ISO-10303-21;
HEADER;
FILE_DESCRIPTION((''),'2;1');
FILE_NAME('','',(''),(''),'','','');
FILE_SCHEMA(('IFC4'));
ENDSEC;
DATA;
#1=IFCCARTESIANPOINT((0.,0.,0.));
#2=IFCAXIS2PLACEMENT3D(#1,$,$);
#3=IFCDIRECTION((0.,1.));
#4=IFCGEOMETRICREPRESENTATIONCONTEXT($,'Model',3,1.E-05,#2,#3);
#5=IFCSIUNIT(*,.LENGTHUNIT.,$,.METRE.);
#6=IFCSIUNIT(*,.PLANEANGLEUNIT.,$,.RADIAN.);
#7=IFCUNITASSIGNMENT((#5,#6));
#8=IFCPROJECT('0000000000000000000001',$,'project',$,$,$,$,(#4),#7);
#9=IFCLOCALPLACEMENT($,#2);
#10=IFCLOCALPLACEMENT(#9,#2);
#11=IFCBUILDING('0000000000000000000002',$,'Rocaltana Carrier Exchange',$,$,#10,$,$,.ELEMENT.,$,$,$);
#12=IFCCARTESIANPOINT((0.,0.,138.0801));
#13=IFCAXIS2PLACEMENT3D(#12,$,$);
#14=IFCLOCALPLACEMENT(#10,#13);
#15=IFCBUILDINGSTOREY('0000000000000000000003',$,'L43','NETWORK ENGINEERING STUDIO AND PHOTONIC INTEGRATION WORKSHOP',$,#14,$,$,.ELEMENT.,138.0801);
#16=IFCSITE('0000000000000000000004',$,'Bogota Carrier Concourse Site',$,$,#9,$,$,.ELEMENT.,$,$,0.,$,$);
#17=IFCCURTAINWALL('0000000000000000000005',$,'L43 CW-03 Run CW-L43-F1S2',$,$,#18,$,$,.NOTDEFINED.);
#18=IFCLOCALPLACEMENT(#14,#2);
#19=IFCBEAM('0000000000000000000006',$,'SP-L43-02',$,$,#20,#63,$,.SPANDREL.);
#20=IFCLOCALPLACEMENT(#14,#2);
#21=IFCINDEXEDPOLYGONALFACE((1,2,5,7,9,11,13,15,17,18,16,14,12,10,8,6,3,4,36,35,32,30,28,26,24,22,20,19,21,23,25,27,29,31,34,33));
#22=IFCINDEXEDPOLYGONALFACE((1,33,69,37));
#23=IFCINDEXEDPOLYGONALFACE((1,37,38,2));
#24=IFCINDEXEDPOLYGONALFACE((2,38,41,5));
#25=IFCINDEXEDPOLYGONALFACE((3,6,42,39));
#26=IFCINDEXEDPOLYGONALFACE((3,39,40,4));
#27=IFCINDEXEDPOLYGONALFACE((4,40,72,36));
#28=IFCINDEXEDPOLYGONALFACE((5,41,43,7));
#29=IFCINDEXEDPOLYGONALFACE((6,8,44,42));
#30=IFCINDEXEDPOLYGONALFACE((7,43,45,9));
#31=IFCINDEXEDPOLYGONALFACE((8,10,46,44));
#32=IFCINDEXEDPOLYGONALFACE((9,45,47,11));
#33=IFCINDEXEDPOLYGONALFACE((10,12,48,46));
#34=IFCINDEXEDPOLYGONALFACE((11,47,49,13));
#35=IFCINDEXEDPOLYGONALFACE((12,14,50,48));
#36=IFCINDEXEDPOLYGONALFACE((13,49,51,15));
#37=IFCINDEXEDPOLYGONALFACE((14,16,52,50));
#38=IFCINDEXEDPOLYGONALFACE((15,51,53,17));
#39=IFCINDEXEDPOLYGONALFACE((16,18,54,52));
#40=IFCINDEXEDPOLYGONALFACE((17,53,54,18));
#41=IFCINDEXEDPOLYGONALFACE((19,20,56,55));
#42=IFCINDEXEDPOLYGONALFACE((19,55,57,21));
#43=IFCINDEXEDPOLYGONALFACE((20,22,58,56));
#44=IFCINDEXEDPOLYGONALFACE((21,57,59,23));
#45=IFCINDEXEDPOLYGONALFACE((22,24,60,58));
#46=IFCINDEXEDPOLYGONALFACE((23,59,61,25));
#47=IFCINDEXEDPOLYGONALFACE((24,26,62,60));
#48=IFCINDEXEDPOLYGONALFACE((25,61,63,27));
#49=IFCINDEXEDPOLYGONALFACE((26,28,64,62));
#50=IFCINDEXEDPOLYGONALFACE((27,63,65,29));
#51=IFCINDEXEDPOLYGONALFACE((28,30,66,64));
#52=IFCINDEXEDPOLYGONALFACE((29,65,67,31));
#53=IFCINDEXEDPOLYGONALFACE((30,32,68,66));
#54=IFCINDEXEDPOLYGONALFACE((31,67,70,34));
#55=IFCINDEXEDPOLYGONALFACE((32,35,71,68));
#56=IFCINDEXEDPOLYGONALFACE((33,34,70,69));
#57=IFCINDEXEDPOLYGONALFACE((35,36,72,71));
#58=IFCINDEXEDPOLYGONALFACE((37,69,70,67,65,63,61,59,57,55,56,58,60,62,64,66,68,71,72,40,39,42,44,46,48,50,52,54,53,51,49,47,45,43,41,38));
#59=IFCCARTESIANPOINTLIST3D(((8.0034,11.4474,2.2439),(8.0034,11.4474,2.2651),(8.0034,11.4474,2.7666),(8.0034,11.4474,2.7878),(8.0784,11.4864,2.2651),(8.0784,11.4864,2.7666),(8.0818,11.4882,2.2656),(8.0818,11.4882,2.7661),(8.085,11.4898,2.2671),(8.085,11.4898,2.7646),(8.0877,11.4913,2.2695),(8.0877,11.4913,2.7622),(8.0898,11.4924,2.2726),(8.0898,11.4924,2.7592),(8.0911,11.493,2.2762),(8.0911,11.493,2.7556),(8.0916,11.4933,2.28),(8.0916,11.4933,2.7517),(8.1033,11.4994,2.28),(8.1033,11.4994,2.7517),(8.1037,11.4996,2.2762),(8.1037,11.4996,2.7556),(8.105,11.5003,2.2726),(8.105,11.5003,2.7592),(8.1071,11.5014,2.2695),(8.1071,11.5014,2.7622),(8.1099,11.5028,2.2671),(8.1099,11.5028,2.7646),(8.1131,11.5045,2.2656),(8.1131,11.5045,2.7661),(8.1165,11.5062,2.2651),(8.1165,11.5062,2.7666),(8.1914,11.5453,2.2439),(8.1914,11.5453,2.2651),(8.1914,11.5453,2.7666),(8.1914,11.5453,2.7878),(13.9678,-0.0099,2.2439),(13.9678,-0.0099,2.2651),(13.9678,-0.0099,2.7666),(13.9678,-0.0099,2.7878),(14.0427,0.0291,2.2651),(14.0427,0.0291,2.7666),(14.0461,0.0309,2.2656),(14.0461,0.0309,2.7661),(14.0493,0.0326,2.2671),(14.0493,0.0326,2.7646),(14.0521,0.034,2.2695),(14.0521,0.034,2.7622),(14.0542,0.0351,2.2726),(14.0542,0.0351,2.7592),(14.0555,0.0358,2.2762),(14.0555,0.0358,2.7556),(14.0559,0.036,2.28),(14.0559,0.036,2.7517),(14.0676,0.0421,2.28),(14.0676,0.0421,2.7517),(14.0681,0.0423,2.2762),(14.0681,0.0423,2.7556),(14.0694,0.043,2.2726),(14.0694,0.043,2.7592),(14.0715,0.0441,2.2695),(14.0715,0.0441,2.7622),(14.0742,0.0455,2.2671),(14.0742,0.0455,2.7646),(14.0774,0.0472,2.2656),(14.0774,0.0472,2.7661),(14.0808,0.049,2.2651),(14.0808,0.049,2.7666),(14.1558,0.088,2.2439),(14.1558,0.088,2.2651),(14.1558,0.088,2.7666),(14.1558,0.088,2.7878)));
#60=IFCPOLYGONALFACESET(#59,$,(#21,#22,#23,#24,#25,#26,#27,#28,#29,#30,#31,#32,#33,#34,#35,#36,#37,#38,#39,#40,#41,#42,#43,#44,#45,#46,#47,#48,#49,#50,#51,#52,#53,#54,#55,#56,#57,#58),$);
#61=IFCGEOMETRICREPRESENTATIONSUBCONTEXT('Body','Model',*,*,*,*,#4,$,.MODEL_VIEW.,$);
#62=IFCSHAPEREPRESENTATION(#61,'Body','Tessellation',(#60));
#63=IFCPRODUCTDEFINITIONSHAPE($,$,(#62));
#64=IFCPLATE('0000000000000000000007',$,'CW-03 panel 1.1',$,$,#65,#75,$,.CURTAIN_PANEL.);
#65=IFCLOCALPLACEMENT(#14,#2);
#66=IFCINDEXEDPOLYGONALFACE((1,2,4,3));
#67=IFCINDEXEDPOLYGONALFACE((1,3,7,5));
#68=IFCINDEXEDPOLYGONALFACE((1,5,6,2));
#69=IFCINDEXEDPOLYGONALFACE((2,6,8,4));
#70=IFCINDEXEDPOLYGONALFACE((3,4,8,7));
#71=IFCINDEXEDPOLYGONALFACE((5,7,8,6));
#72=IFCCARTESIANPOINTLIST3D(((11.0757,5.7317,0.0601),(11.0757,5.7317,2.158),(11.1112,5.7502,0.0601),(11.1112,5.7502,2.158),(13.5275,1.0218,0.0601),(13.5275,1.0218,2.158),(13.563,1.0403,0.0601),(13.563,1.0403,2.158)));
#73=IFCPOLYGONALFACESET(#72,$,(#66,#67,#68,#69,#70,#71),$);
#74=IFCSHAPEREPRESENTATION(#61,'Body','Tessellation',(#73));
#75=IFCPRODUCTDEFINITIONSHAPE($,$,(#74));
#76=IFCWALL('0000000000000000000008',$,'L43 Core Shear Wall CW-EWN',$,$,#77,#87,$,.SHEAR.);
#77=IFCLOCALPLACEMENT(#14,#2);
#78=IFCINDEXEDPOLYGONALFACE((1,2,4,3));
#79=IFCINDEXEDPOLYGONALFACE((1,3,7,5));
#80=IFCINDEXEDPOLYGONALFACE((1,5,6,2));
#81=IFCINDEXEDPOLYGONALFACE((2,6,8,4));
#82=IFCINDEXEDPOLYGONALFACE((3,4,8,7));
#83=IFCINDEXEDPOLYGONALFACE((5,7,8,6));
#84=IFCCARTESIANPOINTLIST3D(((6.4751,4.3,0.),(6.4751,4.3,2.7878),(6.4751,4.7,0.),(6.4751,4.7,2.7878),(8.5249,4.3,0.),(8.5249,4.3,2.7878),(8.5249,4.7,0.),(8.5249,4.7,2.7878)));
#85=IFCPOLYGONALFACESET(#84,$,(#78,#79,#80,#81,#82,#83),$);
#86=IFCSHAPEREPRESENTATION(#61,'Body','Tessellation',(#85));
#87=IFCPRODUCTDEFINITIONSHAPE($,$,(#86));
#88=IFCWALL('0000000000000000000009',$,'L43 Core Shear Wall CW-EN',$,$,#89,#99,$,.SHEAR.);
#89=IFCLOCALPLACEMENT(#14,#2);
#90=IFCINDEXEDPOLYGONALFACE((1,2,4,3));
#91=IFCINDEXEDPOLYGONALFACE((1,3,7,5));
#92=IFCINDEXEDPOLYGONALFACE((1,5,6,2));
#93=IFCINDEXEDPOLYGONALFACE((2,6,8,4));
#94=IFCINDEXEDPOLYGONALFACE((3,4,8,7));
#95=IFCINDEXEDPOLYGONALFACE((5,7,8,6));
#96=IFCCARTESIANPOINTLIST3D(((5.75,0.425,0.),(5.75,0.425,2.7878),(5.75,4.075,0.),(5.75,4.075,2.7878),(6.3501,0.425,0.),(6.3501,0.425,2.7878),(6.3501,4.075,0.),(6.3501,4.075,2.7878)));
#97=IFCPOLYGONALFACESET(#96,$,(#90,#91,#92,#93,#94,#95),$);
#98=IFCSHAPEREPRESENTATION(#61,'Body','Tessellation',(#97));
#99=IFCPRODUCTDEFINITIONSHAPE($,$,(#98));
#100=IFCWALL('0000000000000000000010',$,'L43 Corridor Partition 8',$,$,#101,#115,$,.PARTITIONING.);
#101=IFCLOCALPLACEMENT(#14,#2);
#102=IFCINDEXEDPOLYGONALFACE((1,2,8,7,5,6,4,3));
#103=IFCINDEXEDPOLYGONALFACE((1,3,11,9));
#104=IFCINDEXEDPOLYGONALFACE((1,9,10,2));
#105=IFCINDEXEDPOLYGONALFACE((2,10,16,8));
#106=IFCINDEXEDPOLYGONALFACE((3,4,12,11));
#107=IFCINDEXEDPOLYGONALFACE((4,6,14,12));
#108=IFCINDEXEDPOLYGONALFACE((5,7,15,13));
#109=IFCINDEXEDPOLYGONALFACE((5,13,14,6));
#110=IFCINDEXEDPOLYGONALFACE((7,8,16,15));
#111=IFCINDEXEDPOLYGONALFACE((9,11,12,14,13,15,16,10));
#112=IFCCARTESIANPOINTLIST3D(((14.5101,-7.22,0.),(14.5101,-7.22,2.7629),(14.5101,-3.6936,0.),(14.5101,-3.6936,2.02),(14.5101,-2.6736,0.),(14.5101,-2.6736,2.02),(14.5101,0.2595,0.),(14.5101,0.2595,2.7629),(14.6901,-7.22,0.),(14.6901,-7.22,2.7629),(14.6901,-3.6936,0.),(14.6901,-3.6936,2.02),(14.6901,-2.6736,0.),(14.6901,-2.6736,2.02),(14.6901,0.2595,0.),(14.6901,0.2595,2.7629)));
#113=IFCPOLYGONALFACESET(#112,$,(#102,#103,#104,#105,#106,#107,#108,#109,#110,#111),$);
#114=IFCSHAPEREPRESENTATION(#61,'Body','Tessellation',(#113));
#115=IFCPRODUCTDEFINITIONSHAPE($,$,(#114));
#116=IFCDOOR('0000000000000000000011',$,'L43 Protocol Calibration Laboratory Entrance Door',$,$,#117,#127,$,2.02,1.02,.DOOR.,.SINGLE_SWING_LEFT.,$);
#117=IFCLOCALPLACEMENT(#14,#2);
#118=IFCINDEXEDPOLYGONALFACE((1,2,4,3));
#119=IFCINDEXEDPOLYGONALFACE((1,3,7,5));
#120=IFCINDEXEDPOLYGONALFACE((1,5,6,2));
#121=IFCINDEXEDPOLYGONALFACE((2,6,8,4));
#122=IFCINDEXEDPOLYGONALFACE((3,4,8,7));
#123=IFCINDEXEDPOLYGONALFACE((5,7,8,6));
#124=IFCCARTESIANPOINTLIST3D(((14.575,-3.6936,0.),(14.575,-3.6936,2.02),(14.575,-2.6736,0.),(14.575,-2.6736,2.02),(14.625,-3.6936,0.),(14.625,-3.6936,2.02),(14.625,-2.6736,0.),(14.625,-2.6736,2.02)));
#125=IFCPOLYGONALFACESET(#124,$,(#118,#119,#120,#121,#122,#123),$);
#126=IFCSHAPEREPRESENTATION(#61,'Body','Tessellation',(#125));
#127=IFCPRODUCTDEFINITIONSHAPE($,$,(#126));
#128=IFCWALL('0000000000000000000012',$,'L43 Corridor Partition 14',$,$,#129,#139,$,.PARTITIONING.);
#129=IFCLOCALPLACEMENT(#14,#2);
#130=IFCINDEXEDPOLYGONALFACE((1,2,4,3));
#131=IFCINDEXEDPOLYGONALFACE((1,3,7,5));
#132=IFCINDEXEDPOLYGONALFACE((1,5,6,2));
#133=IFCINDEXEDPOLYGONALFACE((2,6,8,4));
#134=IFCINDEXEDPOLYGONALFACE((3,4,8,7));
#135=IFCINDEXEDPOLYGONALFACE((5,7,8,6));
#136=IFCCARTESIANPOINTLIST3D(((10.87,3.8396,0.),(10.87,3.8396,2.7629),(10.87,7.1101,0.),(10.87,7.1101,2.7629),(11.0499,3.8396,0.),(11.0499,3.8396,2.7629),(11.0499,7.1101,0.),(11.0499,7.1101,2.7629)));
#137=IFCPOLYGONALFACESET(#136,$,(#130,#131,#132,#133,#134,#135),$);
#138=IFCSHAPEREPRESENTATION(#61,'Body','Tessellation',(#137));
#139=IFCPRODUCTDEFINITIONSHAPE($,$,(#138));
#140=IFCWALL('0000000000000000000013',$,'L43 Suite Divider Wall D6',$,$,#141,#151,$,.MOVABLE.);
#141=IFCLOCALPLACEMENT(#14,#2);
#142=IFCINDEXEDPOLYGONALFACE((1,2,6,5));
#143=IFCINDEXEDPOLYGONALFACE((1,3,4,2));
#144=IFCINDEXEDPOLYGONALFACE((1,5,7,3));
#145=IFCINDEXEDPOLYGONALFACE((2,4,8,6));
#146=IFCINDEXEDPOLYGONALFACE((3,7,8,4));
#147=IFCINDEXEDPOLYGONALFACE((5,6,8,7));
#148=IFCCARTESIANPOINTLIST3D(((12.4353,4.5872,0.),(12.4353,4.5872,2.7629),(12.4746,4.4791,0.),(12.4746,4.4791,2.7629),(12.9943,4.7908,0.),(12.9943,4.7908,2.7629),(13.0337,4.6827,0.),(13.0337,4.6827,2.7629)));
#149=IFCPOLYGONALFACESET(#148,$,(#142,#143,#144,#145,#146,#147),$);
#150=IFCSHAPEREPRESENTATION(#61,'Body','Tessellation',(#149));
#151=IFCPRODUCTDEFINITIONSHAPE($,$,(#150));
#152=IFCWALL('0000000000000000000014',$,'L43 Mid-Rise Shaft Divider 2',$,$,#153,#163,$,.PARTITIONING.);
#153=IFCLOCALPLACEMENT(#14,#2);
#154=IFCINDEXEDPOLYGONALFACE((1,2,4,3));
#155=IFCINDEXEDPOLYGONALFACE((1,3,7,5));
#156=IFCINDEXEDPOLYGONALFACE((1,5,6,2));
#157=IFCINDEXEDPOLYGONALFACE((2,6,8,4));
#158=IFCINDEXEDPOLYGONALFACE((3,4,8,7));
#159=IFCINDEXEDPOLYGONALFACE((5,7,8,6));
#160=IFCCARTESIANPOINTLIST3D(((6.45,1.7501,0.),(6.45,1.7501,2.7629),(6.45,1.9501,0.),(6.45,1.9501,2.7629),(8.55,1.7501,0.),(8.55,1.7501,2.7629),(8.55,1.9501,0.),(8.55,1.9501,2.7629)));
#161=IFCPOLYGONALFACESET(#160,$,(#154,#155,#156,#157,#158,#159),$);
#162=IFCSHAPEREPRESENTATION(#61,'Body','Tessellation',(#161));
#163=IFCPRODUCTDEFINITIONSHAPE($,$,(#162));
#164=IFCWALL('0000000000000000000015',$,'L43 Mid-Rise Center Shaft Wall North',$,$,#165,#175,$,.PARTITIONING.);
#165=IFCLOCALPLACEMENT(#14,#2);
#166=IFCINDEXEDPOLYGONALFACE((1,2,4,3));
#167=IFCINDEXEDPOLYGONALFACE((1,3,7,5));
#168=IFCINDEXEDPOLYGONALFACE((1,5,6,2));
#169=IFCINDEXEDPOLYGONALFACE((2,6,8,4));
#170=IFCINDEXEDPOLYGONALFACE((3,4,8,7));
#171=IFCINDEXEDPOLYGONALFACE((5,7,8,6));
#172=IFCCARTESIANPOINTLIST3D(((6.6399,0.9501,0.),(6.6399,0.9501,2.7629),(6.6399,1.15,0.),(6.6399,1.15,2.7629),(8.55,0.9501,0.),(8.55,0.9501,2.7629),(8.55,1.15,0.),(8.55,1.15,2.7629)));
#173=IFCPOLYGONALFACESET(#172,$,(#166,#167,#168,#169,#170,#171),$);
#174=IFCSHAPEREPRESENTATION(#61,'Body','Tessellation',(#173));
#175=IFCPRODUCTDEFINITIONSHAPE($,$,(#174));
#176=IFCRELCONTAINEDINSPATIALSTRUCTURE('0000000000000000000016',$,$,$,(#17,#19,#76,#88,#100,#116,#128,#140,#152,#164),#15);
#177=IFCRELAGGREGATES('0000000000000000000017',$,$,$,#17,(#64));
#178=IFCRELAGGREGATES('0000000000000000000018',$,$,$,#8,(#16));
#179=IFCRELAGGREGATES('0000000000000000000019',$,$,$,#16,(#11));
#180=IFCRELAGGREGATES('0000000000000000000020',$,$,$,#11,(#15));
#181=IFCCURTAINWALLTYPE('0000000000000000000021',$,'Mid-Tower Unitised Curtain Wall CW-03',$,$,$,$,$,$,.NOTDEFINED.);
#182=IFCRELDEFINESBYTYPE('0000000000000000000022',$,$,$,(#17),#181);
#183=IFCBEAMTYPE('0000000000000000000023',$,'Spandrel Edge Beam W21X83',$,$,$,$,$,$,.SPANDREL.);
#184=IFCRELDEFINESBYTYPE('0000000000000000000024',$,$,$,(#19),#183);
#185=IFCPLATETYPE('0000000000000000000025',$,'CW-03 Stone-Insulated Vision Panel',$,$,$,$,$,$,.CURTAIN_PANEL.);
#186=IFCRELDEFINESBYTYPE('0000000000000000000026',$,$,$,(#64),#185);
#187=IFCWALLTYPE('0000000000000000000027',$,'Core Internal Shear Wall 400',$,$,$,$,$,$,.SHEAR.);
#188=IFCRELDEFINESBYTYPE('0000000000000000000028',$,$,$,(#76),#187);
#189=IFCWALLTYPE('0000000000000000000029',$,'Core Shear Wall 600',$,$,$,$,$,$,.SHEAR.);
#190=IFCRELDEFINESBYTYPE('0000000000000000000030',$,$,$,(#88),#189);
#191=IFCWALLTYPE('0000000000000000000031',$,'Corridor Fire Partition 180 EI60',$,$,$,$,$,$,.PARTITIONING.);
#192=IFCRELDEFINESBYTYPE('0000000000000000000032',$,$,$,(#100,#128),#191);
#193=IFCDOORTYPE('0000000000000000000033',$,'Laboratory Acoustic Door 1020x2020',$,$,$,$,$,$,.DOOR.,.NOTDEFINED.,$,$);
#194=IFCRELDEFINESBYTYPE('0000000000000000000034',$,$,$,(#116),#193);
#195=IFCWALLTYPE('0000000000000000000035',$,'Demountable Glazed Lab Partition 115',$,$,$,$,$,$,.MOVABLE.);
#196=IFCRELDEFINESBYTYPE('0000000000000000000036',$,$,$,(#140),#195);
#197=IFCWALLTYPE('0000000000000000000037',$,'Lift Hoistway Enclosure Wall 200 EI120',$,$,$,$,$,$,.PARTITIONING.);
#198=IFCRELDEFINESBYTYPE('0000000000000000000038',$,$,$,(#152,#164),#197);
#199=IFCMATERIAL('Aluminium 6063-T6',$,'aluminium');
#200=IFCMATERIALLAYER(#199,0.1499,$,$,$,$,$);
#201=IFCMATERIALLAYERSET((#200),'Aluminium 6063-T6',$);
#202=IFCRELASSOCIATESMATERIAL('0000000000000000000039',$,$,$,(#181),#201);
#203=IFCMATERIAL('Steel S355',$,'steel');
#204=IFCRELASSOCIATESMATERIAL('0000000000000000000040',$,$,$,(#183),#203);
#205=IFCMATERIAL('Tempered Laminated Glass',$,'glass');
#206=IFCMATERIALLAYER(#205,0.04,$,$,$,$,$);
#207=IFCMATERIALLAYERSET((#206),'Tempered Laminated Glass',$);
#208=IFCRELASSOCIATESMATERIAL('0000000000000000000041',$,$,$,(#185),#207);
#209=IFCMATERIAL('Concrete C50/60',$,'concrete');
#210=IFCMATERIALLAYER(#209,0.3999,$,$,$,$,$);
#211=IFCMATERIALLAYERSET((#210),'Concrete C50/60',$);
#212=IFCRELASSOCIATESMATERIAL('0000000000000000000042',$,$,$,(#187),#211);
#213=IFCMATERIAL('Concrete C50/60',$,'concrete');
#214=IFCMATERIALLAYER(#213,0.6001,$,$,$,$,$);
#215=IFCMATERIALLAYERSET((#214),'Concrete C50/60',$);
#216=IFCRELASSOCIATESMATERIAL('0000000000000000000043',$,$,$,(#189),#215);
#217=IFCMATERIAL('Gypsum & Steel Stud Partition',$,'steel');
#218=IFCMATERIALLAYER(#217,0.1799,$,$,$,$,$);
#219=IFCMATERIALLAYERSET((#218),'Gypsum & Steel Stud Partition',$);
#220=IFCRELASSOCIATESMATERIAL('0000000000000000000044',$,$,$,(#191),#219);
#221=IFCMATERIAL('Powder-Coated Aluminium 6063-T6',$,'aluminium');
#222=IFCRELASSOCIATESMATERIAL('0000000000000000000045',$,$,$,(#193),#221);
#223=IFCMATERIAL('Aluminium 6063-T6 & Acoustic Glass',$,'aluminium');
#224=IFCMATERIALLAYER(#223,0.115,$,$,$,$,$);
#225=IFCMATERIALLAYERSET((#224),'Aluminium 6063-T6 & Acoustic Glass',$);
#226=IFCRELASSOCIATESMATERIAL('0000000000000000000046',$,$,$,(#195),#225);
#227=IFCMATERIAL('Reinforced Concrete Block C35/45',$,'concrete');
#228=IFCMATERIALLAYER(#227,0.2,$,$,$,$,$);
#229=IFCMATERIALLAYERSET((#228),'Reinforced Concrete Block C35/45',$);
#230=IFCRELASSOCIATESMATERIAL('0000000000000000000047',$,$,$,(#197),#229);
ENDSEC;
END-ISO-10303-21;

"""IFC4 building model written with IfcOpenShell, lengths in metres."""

from ifc_helpers import new_model, si_unit, direction, frame, frame_2d, origin, origin_2d, place, context, subcontext, project, spatial, rectangle, i_section, extrude, material, layer, layer_set, material_profile, profile_set, type_object, element, fill, aggregate, save


model = new_model("IFC4")

# Units and contexts
model_context = context("Model", 3, precision=1e-05, world=origin(), true_north=direction((0.0, 1.0)))
body_context = subcontext(model_context, "Body", "Model", "MODEL_VIEW")
ifc_project = project(units=[si_unit("LENGTHUNIT", "METRE"), si_unit("PLANEANGLEUNIT", "RADIAN")], contexts=[model_context])

# Site, building, storey
site_placement = place(None, origin())
site = spatial("IfcSite", under=ifc_project, at=site_placement, Name="Bogota Carrier Concourse Site", CompositionType="ELEMENT", RefElevation=0.0)
building_placement = place(site_placement, origin())
building = spatial("IfcBuilding", under=site, at=building_placement, Name="Rocaltana Carrier Exchange", CompositionType="ELEMENT")
storey_placement = place(building_placement, frame((0.0, 0.0, 138.0801)))
storey = spatial("IfcBuildingStorey", under=building, at=storey_placement, Name="L43", Description="NETWORK ENGINEERING STUDIO AND PHOTONIC INTEGRATION WORKSHOP", CompositionType="ELEMENT", Elevation=138.0801)

# Curtain wall
ifc_material_1 = material(Name="Aluminium 6063-T6", Category="aluminium")
ifc_layer_1 = layer(ifc_material_1, 0.1499)
ifc_layer_set_1 = layer_set([ifc_layer_1], Name="Aluminium 6063-T6")
curtain_wall_type = type_object("IfcCurtainWallType", Name="Mid-Tower Unitised Curtain Wall CW-03", PredefinedType="NOTDEFINED", material=ifc_layer_set_1)
curtain_wall_placement = place(storey_placement, origin())
curtain_wall = element("IfcCurtainWall", 1, at=curtain_wall_placement, inside=storey, type_object=curtain_wall_type, Name="L43 CW-03 Run CW-L43-F1S2", PredefinedType="NOTDEFINED")

# Beam
ifc_material_2 = material(Name="Steel S355", Category="steel")
ifc_material_profile_1 = material_profile(ifc_material_2, i_section(OverallWidth=0.2119, OverallDepth=0.5439, WebThickness=0.0132, FlangeThickness=0.0212, FilletRadius=0.0149, at=origin_2d()), Name="W21X83")
ifc_profile_set_1 = profile_set([ifc_material_profile_1], Name="Steel S355")
beam_type_1 = type_object("IfcBeamType", Name="Spandrel Edge Beam W21X83", PredefinedType="SPANDREL", material=ifc_profile_set_1)
beam_1_placement = place(storey_placement, frame((14.0618, 0.0391, 2.5159), z_axis=(-0.461753, 0.887008, 0.0), x_axis=(-0.887008, -0.461753, 0.0)))
element("IfcBeam", 2, at=beam_1_placement, inside=storey, type_object=beam_type_1, Name="SP-L43-02", PredefinedType="SPANDREL", context=body_context, shape_type="SweptSolid", body=[
    extrude(i_section(OverallWidth=0.2119, OverallDepth=0.5439, WebThickness=0.0132, FlangeThickness=0.0212, FilletRadius=0.0149, at=origin_2d()), origin(), (0.0, 0.0, 1.0), 12.9167),
])

# Plate
ifc_material_3 = material(Name="Tempered Laminated Glass", Category="glass")
ifc_layer_2 = layer(ifc_material_3, 0.04)
ifc_layer_set_2 = layer_set([ifc_layer_2], Name="Tempered Laminated Glass")
plate_type = type_object("IfcPlateType", Name="CW-03 Stone-Insulated Vision Panel", PredefinedType="CURTAIN_PANEL", material=ifc_layer_set_2)
plate_placement = place(storey_placement, frame((12.3193, 3.386, 0.0601), z_axis=(0.0, 0.0, 1.0), x_axis=(-0.461747, 0.887012, 0.0)))
plate = element("IfcPlate", 3, at=plate_placement, type_object=plate_type, Name="CW-03 panel 1.1", PredefinedType="CURTAIN_PANEL", context=body_context, shape_type="SweptSolid", body=[
    extrude(rectangle(XDim=5.3098, YDim=0.04, at=origin_2d()), origin(), (0.0, 0.0, 1.0), 2.0979),
])
aggregate(curtain_wall, [plate])

# Walls
ifc_material_4 = material(Name="Concrete C50/60", Category="concrete")
ifc_layer_3 = layer(ifc_material_4, 0.3999)
ifc_layer_set_3 = layer_set([ifc_layer_3], Name="Concrete C50/60")
wall_type_1 = type_object("IfcWallType", Name="Core Internal Shear Wall 400", PredefinedType="SHEAR", material=ifc_layer_set_3)
wall_1_placement = place(storey_placement, frame((6.4751, 4.5, 0.0), z_axis=(0.0, 0.0, 1.0), x_axis=(1.0, 0.0, 0.0)))
element("IfcWall", 4, at=wall_1_placement, inside=storey, type_object=wall_type_1, Name="L43 Core Shear Wall CW-EWN", PredefinedType="SHEAR", context=body_context, shape_type="SweptSolid", body=[
    extrude(rectangle(XDim=2.0498, YDim=0.3999, at=frame_2d((1.0249, 0.0))), origin(), (0.0, 0.0, 1.0), 2.7878),
])
ifc_material_5 = material(Name="Concrete C50/60", Category="concrete")
ifc_layer_4 = layer(ifc_material_5, 0.6001)
ifc_layer_set_4 = layer_set([ifc_layer_4], Name="Concrete C50/60")
wall_type_2 = type_object("IfcWallType", Name="Core Shear Wall 600", PredefinedType="SHEAR", material=ifc_layer_set_4)
wall_2_placement = place(storey_placement, frame((6.05, 0.425, 0.0), z_axis=(0.0, 0.0, 1.0), x_axis=(0.0, 1.0, 0.0)))
element("IfcWall", 5, at=wall_2_placement, inside=storey, type_object=wall_type_2, Name="L43 Core Shear Wall CW-EN", PredefinedType="SHEAR", context=body_context, shape_type="SweptSolid", body=[
    extrude(rectangle(XDim=3.6499, YDim=0.6001, at=frame_2d((1.825, 0.0))), origin(), (0.0, 0.0, 1.0), 2.7878),
])

# Wall, opening, door
ifc_material_6 = material(Name="Gypsum & Steel Stud Partition", Category="steel")
ifc_layer_5 = layer(ifc_material_6, 0.1799)
ifc_layer_set_5 = layer_set([ifc_layer_5], Name="Gypsum & Steel Stud Partition")
wall_type_3 = type_object("IfcWallType", Name="Corridor Fire Partition 180 EI60", PredefinedType="PARTITIONING", material=ifc_layer_set_5)
wall_3_placement = place(storey_placement, frame((14.6001, 0.2595, 0.0), z_axis=(0.0, 0.0, 1.0), x_axis=(0.0, -1.0, 0.0)))
wall_3 = element("IfcWall", 6, at=wall_3_placement, inside=storey, type_object=wall_type_3, Name="L43 Corridor Partition 8", PredefinedType="PARTITIONING", context=body_context, shape_type="SweptSolid", body=[
    extrude(rectangle(XDim=7.4795, YDim=0.1799, at=frame_2d((3.7397, 0.0))), origin(), (0.0, 0.0, 1.0), 2.7629),
])
opening_placement = place(wall_3_placement, frame((2.9331, 0.0, 0.0)))
opening = element("IfcOpeningElement", 7, at=opening_placement, cuts=wall_3, PredefinedType="OPENING", context=body_context, shape_type="SweptSolid", body=[
    extrude(rectangle(XDim=1.02, YDim=2.02, at=frame_2d((0.51, 1.01))), frame((0.0, 0.0999, 0.0), z_axis=(0.0, -1.0, 0.0), x_axis=(1.0, 0.0, 0.0)), (0.0, 0.0, 1.0), 0.2),
])
ifc_material_7 = material(Name="Powder-Coated Aluminium 6063-T6", Category="aluminium")
door_type = type_object("IfcDoorType", Name="Laboratory Acoustic Door 1020x2020", OperationType="NOTDEFINED", PredefinedType="DOOR", material=ifc_material_7)
door_placement = place(opening_placement, origin())
door = element("IfcDoor", 8, at=door_placement, inside=storey, type_object=door_type, Name="L43 Protocol Calibration Laboratory Entrance Door", OperationType="SINGLE_SWING_LEFT", OverallHeight=2.02, OverallWidth=1.02, PredefinedType="DOOR", context=body_context, shape_type="SweptSolid", body=[
    extrude(rectangle(XDim=1.02, YDim=2.02, at=frame_2d((0.51, 1.01))), frame((0.0, 0.0249, 0.0), z_axis=(0.0, -1.0, 0.0), x_axis=(1.0, 0.0, 0.0)), (0.0, 0.0, 1.0), 0.05),
])
fill(opening, door)

# Walls
wall_4_placement = place(storey_placement, frame((10.96, 3.8396, 0.0), z_axis=(0.0, 0.0, 1.0), x_axis=(0.0, 1.0, 0.0)))
element("IfcWall", 9, at=wall_4_placement, inside=storey, type_object=wall_type_3, Name="L43 Corridor Partition 14", PredefinedType="PARTITIONING", context=body_context, shape_type="SweptSolid", body=[
    extrude(rectangle(XDim=3.2705, YDim=0.1799, at=frame_2d((1.6353, 0.0))), origin(), (0.0, 0.0, 1.0), 2.7629),
])
ifc_material_8 = material(Name="Aluminium 6063-T6 & Acoustic Glass", Category="aluminium")
ifc_layer_6 = layer(ifc_material_8, 0.115)
ifc_layer_set_6 = layer_set([ifc_layer_6], Name="Aluminium 6063-T6 & Acoustic Glass")
wall_type_4 = type_object("IfcWallType", Name="Demountable Glazed Lab Partition 115", PredefinedType="MOVABLE", material=ifc_layer_set_6)
wall_5_placement = place(storey_placement, frame((12.4551, 4.5332, 0.0), z_axis=(0.0, 0.0, 1.0), x_axis=(0.939626, 0.342204, 0.0)))
element("IfcWall", 10, at=wall_5_placement, inside=storey, type_object=wall_type_4, Name="L43 Suite Divider Wall D6", PredefinedType="MOVABLE", context=body_context, shape_type="SweptSolid", body=[
    extrude(rectangle(XDim=0.595, YDim=0.115, at=frame_2d((0.2974, 0.0))), origin(), (0.0, 0.0, 1.0), 2.7629),
])
ifc_material_9 = material(Name="Reinforced Concrete Block C35/45", Category="concrete")
ifc_layer_7 = layer(ifc_material_9, 0.2)
ifc_layer_set_7 = layer_set([ifc_layer_7], Name="Reinforced Concrete Block C35/45")
wall_type_5 = type_object("IfcWallType", Name="Lift Hoistway Enclosure Wall 200 EI120", PredefinedType="PARTITIONING", material=ifc_layer_set_7)
wall_6_placement = place(storey_placement, frame((6.45, 1.8501, 0.0), z_axis=(0.0, 0.0, 1.0), x_axis=(1.0, 0.0, 0.0)))
element("IfcWall", 11, at=wall_6_placement, inside=storey, type_object=wall_type_5, Name="L43 Mid-Rise Shaft Divider 2", PredefinedType="PARTITIONING", context=body_context, shape_type="SweptSolid", body=[
    extrude(rectangle(XDim=2.1001, YDim=0.2, at=frame_2d((1.05, 0.0))), origin(), (0.0, 0.0, 1.0), 2.7629),
])
wall_7_placement = place(storey_placement, frame((6.6399, 1.05, 0.0), z_axis=(0.0, 0.0, 1.0), x_axis=(1.0, 0.0, 0.0)))
element("IfcWall", 12, at=wall_7_placement, inside=storey, type_object=wall_type_5, Name="L43 Mid-Rise Center Shaft Wall North", PredefinedType="PARTITIONING", context=body_context, shape_type="SweptSolid", body=[
    extrude(rectangle(XDim=1.9102, YDim=0.2, at=frame_2d((0.9551, 0.0))), origin(), (0.0, 0.0, 1.0), 2.7629),
])

save(model, "model.ifc")
